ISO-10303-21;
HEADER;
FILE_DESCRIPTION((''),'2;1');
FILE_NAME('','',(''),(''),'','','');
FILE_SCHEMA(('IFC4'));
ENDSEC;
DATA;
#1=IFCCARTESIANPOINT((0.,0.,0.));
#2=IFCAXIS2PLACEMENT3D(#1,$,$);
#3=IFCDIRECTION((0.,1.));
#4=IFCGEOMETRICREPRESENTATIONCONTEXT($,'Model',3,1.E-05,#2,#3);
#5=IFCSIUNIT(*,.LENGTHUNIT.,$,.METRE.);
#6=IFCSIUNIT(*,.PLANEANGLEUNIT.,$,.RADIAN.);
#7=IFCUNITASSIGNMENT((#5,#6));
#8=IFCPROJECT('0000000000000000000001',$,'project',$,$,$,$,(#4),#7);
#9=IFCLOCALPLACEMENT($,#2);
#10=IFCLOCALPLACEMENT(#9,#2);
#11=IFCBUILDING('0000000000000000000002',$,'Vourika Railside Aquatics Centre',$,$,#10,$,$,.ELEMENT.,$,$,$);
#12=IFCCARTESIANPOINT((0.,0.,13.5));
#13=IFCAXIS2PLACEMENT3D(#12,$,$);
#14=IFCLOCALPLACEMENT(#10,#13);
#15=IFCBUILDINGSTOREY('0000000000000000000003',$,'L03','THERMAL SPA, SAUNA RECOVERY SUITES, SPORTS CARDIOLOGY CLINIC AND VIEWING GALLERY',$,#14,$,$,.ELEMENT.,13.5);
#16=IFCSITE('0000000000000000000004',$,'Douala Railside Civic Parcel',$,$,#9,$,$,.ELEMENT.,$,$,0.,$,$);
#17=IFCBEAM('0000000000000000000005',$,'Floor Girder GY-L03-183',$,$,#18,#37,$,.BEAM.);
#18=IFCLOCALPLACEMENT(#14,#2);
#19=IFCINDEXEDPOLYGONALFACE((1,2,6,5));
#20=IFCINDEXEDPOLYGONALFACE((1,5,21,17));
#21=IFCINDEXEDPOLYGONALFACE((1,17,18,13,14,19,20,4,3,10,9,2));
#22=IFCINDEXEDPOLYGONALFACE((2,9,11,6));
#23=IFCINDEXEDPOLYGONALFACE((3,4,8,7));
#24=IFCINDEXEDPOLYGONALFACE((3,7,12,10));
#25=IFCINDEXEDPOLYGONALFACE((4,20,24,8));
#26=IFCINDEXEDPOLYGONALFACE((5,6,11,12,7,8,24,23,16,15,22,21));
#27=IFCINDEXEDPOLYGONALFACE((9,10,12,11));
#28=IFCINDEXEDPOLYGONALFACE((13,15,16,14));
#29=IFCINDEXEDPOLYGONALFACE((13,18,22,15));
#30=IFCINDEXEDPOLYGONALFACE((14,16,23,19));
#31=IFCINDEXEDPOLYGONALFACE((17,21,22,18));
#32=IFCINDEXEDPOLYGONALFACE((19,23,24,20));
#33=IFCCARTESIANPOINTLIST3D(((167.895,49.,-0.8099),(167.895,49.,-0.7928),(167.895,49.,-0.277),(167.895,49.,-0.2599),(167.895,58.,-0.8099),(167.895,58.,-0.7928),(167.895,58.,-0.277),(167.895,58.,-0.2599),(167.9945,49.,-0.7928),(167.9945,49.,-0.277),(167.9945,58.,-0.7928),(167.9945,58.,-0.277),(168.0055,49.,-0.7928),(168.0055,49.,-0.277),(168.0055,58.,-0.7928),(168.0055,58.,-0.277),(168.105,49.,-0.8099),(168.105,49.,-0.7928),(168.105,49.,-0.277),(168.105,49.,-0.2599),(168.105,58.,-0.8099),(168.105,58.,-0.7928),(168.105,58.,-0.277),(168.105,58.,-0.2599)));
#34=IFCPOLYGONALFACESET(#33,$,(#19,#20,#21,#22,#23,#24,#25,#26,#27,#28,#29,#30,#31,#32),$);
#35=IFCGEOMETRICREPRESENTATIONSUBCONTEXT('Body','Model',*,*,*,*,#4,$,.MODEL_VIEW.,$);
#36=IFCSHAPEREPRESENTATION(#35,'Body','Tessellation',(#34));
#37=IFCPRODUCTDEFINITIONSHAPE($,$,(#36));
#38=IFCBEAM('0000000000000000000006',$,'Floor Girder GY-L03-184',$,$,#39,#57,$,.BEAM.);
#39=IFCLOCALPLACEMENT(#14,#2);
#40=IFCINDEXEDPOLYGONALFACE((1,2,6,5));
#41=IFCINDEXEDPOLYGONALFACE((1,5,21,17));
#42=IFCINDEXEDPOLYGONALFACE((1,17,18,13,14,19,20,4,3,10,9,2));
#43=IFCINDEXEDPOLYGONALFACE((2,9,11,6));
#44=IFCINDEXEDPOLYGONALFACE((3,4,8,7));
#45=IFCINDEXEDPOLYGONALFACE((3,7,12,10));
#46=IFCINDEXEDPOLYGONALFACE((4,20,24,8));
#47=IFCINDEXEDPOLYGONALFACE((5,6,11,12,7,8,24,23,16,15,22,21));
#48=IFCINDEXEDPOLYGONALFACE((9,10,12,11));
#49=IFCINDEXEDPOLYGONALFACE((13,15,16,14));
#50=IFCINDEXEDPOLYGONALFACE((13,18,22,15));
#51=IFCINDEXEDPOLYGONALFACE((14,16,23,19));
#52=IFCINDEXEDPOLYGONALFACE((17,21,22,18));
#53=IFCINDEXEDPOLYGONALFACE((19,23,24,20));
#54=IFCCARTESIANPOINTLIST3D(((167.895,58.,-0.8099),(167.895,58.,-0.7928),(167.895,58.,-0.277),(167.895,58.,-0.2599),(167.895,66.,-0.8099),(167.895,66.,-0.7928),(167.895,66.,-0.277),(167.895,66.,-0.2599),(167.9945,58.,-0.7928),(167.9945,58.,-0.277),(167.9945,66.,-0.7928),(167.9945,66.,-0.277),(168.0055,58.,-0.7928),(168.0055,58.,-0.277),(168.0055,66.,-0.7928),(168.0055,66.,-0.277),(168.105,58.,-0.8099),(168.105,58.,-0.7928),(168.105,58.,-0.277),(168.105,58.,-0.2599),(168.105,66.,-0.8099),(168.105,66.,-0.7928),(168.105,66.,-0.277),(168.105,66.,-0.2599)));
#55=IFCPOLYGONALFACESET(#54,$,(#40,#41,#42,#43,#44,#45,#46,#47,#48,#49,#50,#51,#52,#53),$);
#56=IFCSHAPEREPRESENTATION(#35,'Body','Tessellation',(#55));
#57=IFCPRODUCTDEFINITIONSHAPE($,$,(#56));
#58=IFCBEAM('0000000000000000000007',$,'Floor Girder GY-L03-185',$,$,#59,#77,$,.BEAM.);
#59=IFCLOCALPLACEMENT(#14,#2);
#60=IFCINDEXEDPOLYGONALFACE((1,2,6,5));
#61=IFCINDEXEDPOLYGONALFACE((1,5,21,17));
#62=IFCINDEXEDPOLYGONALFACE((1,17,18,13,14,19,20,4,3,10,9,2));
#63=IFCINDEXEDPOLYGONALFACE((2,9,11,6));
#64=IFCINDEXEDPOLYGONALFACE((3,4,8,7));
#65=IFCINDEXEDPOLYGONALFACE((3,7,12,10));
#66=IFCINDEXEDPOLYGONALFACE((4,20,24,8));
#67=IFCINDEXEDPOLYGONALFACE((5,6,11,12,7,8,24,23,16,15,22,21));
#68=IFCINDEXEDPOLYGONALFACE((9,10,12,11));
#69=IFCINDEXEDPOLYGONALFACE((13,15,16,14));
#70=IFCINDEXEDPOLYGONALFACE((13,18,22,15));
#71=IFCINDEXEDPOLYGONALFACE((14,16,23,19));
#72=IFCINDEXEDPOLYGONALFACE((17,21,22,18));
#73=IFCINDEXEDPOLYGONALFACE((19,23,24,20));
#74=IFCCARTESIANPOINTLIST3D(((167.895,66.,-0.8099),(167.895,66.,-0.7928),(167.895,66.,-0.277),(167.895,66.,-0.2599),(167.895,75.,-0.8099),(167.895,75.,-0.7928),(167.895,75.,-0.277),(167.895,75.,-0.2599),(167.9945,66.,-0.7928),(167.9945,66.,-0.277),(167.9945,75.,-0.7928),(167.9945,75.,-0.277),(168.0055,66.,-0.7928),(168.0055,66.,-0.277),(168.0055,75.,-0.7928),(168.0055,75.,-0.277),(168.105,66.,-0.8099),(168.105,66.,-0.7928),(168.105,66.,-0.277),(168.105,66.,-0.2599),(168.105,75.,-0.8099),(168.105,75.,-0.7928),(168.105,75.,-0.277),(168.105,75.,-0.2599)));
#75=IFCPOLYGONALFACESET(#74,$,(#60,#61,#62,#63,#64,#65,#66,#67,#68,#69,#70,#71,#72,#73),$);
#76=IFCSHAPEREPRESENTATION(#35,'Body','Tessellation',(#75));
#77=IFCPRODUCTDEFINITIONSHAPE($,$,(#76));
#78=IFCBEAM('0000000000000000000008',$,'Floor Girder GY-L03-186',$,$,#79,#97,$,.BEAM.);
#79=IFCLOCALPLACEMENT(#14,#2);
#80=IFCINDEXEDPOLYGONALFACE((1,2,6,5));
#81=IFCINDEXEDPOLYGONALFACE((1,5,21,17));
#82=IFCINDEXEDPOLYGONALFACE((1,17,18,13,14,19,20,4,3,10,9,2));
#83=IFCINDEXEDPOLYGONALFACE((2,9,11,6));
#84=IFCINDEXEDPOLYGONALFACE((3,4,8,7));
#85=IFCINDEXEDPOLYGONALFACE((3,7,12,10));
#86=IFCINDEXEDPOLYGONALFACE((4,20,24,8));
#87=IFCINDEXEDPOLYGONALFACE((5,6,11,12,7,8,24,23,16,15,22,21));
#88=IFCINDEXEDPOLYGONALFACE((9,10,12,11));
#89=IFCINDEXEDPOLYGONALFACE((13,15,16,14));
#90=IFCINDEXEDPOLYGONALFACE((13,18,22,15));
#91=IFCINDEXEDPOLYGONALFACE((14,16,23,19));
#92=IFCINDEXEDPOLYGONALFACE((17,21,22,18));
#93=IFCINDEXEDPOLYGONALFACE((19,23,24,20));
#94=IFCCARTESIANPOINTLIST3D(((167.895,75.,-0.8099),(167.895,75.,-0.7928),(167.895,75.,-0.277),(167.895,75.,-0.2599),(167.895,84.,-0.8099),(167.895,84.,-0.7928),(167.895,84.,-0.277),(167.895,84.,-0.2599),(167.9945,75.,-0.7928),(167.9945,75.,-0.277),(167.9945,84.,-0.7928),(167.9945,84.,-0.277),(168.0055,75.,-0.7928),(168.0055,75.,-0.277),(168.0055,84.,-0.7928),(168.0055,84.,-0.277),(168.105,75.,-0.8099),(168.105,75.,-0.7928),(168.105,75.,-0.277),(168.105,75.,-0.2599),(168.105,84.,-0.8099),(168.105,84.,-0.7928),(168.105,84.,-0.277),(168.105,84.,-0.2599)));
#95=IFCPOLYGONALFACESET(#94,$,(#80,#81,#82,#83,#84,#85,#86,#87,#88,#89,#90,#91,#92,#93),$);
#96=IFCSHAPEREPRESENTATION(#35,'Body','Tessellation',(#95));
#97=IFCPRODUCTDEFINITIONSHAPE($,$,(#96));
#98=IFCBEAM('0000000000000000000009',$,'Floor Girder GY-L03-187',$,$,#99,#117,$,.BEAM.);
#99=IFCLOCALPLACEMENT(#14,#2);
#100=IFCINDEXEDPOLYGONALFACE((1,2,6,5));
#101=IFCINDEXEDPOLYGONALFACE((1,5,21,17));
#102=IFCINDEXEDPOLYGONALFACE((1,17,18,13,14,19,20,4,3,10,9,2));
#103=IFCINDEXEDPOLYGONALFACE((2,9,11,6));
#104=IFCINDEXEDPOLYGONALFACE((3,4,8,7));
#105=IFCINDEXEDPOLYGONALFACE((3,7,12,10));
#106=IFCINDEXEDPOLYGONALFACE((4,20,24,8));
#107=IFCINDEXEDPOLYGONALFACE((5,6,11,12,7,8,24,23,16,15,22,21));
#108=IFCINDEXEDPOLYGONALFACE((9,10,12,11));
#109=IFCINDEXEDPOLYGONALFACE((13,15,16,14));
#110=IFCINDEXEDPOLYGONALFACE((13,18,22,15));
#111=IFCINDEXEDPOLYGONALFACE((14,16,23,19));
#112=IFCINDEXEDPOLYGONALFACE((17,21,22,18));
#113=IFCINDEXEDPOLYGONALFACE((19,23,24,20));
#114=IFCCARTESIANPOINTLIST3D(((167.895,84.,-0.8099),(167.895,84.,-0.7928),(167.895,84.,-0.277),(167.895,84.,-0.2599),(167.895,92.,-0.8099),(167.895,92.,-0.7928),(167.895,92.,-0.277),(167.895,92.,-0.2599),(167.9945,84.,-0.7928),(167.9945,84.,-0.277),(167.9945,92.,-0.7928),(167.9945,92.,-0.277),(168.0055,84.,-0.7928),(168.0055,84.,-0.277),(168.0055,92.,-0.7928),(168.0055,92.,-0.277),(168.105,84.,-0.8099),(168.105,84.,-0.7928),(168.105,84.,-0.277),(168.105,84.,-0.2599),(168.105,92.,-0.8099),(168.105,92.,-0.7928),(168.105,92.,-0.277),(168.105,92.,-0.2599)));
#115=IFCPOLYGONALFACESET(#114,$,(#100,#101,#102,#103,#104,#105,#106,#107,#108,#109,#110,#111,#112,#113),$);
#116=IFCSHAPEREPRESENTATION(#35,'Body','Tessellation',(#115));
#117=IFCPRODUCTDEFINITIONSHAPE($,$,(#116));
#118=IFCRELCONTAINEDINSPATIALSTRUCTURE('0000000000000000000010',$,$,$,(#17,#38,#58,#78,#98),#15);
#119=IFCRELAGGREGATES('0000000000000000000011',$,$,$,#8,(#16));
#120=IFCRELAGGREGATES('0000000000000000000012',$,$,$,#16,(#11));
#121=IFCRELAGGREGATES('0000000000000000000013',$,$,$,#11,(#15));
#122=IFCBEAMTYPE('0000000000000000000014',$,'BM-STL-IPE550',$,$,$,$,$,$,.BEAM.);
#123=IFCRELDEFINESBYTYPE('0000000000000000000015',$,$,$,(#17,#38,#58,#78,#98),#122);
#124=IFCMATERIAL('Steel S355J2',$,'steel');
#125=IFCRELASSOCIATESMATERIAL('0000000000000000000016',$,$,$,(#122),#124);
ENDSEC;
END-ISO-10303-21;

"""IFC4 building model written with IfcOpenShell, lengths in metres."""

from ifc_helpers import new_model, si_unit, direction, frame, origin, origin_2d, place, context, subcontext, project, spatial, i_section, extrude, material, material_profile, profile_set, type_object, element, save


model = new_model("IFC4")

# Units and contexts
model_context = context("Model", 3, precision=1e-05, world=origin(), true_north=direction((0.0, 1.0)))
body_context = subcontext(model_context, "Body", "Model", "MODEL_VIEW")
ifc_project = project(units=[si_unit("LENGTHUNIT", "METRE"), si_unit("PLANEANGLEUNIT", "RADIAN")], contexts=[model_context])

# Site, building, storey
site_placement = place(None, origin())
site = spatial("IfcSite", under=ifc_project, at=site_placement, Name="Douala Railside Civic Parcel", CompositionType="ELEMENT", RefElevation=0.0)
building_placement = place(site_placement, origin())
building = spatial("IfcBuilding", under=site, at=building_placement, Name="Vourika Railside Aquatics Centre", CompositionType="ELEMENT")
storey_placement = place(building_placement, frame((0.0, 0.0, 13.5)))
storey = spatial("IfcBuildingStorey", under=building, at=storey_placement, Name="L03", Description="THERMAL SPA, SAUNA RECOVERY SUITES, SPORTS CARDIOLOGY CLINIC AND VIEWING GALLERY", CompositionType="ELEMENT", Elevation=13.5)

# Beams
ifc_material_1 = material(Name="Steel S355J2", Category="steel")
ifc_material_profile_1 = material_profile(ifc_material_1, i_section(OverallWidth=0.21, OverallDepth=0.55, WebThickness=0.011, FlangeThickness=0.0171, at=origin_2d()), Name="IPE 550")
ifc_profile_set_1 = profile_set([ifc_material_profile_1], Name="Steel S355J2")
beam_type_1 = type_object("IfcBeamType", Name="BM-STL-IPE550", PredefinedType="BEAM", material=ifc_profile_set_1)
for number, where, z_axis, x_axis, name in (
    (1, (168.0, 49.0, -0.5349), (0.0, 1.0, 0.0), (-1.0, 0.0, 0.0), "Floor Girder GY-L03-183"),
):
    element("IfcBeam", number, at=place(storey_placement, frame(where, z_axis=z_axis, x_axis=x_axis)), inside=storey, type_object=beam_type_1, Name=name, PredefinedType="BEAM", context=body_context, shape_type="SweptSolid", body=[
        extrude(i_section(OverallWidth=0.21, OverallDepth=0.55, WebThickness=0.011, FlangeThickness=0.0171, at=origin_2d()), origin(), (0.0, 0.0, 1.0), 9.0),
    ])
beam_1_placement = place(storey_placement, frame((168.0, 58.0, -0.5349), z_axis=(0.0, 1.0, 0.0), x_axis=(-1.0, 0.0, 0.0)))
element("IfcBeam", 2, at=beam_1_placement, inside=storey, type_object=beam_type_1, Name="Floor Girder GY-L03-184", PredefinedType="BEAM", context=body_context, shape_type="SweptSolid", body=[
    extrude(i_section(OverallWidth=0.21, OverallDepth=0.55, WebThickness=0.011, FlangeThickness=0.0171, at=origin_2d()), origin(), (0.0, 0.0, 1.0), 8.0),
])
for number, where, z_axis, x_axis, name in (
    (3, (168.0, 66.0, -0.5349), (0.0, 1.0, 0.0), (-1.0, 0.0, 0.0), "Floor Girder GY-L03-185"),
    (4, (168.0, 75.0, -0.5349), (0.0, 1.0, 0.0), (-1.0, 0.0, 0.0), "Floor Girder GY-L03-186"),
):
    element("IfcBeam", number, at=place(storey_placement, frame(where, z_axis=z_axis, x_axis=x_axis)), inside=storey, type_object=beam_type_1, Name=name, PredefinedType="BEAM", context=body_context, shape_type="SweptSolid", body=[
        extrude(i_section(OverallWidth=0.21, OverallDepth=0.55, WebThickness=0.011, FlangeThickness=0.0171, at=origin_2d()), origin(), (0.0, 0.0, 1.0), 9.0),
    ])
beam_2_placement = place(storey_placement, frame((168.0, 84.0, -0.5349), z_axis=(0.0, 1.0, 0.0), x_axis=(-1.0, 0.0, 0.0)))
element("IfcBeam", 5, at=beam_2_placement, inside=storey, type_object=beam_type_1, Name="Floor Girder GY-L03-187", PredefinedType="BEAM", context=body_context, shape_type="SweptSolid", body=[
    extrude(i_section(OverallWidth=0.21, OverallDepth=0.55, WebThickness=0.011, FlangeThickness=0.0171, at=origin_2d()), origin(), (0.0, 0.0, 1.0), 8.0),
])

save(model, "model.ifc")
